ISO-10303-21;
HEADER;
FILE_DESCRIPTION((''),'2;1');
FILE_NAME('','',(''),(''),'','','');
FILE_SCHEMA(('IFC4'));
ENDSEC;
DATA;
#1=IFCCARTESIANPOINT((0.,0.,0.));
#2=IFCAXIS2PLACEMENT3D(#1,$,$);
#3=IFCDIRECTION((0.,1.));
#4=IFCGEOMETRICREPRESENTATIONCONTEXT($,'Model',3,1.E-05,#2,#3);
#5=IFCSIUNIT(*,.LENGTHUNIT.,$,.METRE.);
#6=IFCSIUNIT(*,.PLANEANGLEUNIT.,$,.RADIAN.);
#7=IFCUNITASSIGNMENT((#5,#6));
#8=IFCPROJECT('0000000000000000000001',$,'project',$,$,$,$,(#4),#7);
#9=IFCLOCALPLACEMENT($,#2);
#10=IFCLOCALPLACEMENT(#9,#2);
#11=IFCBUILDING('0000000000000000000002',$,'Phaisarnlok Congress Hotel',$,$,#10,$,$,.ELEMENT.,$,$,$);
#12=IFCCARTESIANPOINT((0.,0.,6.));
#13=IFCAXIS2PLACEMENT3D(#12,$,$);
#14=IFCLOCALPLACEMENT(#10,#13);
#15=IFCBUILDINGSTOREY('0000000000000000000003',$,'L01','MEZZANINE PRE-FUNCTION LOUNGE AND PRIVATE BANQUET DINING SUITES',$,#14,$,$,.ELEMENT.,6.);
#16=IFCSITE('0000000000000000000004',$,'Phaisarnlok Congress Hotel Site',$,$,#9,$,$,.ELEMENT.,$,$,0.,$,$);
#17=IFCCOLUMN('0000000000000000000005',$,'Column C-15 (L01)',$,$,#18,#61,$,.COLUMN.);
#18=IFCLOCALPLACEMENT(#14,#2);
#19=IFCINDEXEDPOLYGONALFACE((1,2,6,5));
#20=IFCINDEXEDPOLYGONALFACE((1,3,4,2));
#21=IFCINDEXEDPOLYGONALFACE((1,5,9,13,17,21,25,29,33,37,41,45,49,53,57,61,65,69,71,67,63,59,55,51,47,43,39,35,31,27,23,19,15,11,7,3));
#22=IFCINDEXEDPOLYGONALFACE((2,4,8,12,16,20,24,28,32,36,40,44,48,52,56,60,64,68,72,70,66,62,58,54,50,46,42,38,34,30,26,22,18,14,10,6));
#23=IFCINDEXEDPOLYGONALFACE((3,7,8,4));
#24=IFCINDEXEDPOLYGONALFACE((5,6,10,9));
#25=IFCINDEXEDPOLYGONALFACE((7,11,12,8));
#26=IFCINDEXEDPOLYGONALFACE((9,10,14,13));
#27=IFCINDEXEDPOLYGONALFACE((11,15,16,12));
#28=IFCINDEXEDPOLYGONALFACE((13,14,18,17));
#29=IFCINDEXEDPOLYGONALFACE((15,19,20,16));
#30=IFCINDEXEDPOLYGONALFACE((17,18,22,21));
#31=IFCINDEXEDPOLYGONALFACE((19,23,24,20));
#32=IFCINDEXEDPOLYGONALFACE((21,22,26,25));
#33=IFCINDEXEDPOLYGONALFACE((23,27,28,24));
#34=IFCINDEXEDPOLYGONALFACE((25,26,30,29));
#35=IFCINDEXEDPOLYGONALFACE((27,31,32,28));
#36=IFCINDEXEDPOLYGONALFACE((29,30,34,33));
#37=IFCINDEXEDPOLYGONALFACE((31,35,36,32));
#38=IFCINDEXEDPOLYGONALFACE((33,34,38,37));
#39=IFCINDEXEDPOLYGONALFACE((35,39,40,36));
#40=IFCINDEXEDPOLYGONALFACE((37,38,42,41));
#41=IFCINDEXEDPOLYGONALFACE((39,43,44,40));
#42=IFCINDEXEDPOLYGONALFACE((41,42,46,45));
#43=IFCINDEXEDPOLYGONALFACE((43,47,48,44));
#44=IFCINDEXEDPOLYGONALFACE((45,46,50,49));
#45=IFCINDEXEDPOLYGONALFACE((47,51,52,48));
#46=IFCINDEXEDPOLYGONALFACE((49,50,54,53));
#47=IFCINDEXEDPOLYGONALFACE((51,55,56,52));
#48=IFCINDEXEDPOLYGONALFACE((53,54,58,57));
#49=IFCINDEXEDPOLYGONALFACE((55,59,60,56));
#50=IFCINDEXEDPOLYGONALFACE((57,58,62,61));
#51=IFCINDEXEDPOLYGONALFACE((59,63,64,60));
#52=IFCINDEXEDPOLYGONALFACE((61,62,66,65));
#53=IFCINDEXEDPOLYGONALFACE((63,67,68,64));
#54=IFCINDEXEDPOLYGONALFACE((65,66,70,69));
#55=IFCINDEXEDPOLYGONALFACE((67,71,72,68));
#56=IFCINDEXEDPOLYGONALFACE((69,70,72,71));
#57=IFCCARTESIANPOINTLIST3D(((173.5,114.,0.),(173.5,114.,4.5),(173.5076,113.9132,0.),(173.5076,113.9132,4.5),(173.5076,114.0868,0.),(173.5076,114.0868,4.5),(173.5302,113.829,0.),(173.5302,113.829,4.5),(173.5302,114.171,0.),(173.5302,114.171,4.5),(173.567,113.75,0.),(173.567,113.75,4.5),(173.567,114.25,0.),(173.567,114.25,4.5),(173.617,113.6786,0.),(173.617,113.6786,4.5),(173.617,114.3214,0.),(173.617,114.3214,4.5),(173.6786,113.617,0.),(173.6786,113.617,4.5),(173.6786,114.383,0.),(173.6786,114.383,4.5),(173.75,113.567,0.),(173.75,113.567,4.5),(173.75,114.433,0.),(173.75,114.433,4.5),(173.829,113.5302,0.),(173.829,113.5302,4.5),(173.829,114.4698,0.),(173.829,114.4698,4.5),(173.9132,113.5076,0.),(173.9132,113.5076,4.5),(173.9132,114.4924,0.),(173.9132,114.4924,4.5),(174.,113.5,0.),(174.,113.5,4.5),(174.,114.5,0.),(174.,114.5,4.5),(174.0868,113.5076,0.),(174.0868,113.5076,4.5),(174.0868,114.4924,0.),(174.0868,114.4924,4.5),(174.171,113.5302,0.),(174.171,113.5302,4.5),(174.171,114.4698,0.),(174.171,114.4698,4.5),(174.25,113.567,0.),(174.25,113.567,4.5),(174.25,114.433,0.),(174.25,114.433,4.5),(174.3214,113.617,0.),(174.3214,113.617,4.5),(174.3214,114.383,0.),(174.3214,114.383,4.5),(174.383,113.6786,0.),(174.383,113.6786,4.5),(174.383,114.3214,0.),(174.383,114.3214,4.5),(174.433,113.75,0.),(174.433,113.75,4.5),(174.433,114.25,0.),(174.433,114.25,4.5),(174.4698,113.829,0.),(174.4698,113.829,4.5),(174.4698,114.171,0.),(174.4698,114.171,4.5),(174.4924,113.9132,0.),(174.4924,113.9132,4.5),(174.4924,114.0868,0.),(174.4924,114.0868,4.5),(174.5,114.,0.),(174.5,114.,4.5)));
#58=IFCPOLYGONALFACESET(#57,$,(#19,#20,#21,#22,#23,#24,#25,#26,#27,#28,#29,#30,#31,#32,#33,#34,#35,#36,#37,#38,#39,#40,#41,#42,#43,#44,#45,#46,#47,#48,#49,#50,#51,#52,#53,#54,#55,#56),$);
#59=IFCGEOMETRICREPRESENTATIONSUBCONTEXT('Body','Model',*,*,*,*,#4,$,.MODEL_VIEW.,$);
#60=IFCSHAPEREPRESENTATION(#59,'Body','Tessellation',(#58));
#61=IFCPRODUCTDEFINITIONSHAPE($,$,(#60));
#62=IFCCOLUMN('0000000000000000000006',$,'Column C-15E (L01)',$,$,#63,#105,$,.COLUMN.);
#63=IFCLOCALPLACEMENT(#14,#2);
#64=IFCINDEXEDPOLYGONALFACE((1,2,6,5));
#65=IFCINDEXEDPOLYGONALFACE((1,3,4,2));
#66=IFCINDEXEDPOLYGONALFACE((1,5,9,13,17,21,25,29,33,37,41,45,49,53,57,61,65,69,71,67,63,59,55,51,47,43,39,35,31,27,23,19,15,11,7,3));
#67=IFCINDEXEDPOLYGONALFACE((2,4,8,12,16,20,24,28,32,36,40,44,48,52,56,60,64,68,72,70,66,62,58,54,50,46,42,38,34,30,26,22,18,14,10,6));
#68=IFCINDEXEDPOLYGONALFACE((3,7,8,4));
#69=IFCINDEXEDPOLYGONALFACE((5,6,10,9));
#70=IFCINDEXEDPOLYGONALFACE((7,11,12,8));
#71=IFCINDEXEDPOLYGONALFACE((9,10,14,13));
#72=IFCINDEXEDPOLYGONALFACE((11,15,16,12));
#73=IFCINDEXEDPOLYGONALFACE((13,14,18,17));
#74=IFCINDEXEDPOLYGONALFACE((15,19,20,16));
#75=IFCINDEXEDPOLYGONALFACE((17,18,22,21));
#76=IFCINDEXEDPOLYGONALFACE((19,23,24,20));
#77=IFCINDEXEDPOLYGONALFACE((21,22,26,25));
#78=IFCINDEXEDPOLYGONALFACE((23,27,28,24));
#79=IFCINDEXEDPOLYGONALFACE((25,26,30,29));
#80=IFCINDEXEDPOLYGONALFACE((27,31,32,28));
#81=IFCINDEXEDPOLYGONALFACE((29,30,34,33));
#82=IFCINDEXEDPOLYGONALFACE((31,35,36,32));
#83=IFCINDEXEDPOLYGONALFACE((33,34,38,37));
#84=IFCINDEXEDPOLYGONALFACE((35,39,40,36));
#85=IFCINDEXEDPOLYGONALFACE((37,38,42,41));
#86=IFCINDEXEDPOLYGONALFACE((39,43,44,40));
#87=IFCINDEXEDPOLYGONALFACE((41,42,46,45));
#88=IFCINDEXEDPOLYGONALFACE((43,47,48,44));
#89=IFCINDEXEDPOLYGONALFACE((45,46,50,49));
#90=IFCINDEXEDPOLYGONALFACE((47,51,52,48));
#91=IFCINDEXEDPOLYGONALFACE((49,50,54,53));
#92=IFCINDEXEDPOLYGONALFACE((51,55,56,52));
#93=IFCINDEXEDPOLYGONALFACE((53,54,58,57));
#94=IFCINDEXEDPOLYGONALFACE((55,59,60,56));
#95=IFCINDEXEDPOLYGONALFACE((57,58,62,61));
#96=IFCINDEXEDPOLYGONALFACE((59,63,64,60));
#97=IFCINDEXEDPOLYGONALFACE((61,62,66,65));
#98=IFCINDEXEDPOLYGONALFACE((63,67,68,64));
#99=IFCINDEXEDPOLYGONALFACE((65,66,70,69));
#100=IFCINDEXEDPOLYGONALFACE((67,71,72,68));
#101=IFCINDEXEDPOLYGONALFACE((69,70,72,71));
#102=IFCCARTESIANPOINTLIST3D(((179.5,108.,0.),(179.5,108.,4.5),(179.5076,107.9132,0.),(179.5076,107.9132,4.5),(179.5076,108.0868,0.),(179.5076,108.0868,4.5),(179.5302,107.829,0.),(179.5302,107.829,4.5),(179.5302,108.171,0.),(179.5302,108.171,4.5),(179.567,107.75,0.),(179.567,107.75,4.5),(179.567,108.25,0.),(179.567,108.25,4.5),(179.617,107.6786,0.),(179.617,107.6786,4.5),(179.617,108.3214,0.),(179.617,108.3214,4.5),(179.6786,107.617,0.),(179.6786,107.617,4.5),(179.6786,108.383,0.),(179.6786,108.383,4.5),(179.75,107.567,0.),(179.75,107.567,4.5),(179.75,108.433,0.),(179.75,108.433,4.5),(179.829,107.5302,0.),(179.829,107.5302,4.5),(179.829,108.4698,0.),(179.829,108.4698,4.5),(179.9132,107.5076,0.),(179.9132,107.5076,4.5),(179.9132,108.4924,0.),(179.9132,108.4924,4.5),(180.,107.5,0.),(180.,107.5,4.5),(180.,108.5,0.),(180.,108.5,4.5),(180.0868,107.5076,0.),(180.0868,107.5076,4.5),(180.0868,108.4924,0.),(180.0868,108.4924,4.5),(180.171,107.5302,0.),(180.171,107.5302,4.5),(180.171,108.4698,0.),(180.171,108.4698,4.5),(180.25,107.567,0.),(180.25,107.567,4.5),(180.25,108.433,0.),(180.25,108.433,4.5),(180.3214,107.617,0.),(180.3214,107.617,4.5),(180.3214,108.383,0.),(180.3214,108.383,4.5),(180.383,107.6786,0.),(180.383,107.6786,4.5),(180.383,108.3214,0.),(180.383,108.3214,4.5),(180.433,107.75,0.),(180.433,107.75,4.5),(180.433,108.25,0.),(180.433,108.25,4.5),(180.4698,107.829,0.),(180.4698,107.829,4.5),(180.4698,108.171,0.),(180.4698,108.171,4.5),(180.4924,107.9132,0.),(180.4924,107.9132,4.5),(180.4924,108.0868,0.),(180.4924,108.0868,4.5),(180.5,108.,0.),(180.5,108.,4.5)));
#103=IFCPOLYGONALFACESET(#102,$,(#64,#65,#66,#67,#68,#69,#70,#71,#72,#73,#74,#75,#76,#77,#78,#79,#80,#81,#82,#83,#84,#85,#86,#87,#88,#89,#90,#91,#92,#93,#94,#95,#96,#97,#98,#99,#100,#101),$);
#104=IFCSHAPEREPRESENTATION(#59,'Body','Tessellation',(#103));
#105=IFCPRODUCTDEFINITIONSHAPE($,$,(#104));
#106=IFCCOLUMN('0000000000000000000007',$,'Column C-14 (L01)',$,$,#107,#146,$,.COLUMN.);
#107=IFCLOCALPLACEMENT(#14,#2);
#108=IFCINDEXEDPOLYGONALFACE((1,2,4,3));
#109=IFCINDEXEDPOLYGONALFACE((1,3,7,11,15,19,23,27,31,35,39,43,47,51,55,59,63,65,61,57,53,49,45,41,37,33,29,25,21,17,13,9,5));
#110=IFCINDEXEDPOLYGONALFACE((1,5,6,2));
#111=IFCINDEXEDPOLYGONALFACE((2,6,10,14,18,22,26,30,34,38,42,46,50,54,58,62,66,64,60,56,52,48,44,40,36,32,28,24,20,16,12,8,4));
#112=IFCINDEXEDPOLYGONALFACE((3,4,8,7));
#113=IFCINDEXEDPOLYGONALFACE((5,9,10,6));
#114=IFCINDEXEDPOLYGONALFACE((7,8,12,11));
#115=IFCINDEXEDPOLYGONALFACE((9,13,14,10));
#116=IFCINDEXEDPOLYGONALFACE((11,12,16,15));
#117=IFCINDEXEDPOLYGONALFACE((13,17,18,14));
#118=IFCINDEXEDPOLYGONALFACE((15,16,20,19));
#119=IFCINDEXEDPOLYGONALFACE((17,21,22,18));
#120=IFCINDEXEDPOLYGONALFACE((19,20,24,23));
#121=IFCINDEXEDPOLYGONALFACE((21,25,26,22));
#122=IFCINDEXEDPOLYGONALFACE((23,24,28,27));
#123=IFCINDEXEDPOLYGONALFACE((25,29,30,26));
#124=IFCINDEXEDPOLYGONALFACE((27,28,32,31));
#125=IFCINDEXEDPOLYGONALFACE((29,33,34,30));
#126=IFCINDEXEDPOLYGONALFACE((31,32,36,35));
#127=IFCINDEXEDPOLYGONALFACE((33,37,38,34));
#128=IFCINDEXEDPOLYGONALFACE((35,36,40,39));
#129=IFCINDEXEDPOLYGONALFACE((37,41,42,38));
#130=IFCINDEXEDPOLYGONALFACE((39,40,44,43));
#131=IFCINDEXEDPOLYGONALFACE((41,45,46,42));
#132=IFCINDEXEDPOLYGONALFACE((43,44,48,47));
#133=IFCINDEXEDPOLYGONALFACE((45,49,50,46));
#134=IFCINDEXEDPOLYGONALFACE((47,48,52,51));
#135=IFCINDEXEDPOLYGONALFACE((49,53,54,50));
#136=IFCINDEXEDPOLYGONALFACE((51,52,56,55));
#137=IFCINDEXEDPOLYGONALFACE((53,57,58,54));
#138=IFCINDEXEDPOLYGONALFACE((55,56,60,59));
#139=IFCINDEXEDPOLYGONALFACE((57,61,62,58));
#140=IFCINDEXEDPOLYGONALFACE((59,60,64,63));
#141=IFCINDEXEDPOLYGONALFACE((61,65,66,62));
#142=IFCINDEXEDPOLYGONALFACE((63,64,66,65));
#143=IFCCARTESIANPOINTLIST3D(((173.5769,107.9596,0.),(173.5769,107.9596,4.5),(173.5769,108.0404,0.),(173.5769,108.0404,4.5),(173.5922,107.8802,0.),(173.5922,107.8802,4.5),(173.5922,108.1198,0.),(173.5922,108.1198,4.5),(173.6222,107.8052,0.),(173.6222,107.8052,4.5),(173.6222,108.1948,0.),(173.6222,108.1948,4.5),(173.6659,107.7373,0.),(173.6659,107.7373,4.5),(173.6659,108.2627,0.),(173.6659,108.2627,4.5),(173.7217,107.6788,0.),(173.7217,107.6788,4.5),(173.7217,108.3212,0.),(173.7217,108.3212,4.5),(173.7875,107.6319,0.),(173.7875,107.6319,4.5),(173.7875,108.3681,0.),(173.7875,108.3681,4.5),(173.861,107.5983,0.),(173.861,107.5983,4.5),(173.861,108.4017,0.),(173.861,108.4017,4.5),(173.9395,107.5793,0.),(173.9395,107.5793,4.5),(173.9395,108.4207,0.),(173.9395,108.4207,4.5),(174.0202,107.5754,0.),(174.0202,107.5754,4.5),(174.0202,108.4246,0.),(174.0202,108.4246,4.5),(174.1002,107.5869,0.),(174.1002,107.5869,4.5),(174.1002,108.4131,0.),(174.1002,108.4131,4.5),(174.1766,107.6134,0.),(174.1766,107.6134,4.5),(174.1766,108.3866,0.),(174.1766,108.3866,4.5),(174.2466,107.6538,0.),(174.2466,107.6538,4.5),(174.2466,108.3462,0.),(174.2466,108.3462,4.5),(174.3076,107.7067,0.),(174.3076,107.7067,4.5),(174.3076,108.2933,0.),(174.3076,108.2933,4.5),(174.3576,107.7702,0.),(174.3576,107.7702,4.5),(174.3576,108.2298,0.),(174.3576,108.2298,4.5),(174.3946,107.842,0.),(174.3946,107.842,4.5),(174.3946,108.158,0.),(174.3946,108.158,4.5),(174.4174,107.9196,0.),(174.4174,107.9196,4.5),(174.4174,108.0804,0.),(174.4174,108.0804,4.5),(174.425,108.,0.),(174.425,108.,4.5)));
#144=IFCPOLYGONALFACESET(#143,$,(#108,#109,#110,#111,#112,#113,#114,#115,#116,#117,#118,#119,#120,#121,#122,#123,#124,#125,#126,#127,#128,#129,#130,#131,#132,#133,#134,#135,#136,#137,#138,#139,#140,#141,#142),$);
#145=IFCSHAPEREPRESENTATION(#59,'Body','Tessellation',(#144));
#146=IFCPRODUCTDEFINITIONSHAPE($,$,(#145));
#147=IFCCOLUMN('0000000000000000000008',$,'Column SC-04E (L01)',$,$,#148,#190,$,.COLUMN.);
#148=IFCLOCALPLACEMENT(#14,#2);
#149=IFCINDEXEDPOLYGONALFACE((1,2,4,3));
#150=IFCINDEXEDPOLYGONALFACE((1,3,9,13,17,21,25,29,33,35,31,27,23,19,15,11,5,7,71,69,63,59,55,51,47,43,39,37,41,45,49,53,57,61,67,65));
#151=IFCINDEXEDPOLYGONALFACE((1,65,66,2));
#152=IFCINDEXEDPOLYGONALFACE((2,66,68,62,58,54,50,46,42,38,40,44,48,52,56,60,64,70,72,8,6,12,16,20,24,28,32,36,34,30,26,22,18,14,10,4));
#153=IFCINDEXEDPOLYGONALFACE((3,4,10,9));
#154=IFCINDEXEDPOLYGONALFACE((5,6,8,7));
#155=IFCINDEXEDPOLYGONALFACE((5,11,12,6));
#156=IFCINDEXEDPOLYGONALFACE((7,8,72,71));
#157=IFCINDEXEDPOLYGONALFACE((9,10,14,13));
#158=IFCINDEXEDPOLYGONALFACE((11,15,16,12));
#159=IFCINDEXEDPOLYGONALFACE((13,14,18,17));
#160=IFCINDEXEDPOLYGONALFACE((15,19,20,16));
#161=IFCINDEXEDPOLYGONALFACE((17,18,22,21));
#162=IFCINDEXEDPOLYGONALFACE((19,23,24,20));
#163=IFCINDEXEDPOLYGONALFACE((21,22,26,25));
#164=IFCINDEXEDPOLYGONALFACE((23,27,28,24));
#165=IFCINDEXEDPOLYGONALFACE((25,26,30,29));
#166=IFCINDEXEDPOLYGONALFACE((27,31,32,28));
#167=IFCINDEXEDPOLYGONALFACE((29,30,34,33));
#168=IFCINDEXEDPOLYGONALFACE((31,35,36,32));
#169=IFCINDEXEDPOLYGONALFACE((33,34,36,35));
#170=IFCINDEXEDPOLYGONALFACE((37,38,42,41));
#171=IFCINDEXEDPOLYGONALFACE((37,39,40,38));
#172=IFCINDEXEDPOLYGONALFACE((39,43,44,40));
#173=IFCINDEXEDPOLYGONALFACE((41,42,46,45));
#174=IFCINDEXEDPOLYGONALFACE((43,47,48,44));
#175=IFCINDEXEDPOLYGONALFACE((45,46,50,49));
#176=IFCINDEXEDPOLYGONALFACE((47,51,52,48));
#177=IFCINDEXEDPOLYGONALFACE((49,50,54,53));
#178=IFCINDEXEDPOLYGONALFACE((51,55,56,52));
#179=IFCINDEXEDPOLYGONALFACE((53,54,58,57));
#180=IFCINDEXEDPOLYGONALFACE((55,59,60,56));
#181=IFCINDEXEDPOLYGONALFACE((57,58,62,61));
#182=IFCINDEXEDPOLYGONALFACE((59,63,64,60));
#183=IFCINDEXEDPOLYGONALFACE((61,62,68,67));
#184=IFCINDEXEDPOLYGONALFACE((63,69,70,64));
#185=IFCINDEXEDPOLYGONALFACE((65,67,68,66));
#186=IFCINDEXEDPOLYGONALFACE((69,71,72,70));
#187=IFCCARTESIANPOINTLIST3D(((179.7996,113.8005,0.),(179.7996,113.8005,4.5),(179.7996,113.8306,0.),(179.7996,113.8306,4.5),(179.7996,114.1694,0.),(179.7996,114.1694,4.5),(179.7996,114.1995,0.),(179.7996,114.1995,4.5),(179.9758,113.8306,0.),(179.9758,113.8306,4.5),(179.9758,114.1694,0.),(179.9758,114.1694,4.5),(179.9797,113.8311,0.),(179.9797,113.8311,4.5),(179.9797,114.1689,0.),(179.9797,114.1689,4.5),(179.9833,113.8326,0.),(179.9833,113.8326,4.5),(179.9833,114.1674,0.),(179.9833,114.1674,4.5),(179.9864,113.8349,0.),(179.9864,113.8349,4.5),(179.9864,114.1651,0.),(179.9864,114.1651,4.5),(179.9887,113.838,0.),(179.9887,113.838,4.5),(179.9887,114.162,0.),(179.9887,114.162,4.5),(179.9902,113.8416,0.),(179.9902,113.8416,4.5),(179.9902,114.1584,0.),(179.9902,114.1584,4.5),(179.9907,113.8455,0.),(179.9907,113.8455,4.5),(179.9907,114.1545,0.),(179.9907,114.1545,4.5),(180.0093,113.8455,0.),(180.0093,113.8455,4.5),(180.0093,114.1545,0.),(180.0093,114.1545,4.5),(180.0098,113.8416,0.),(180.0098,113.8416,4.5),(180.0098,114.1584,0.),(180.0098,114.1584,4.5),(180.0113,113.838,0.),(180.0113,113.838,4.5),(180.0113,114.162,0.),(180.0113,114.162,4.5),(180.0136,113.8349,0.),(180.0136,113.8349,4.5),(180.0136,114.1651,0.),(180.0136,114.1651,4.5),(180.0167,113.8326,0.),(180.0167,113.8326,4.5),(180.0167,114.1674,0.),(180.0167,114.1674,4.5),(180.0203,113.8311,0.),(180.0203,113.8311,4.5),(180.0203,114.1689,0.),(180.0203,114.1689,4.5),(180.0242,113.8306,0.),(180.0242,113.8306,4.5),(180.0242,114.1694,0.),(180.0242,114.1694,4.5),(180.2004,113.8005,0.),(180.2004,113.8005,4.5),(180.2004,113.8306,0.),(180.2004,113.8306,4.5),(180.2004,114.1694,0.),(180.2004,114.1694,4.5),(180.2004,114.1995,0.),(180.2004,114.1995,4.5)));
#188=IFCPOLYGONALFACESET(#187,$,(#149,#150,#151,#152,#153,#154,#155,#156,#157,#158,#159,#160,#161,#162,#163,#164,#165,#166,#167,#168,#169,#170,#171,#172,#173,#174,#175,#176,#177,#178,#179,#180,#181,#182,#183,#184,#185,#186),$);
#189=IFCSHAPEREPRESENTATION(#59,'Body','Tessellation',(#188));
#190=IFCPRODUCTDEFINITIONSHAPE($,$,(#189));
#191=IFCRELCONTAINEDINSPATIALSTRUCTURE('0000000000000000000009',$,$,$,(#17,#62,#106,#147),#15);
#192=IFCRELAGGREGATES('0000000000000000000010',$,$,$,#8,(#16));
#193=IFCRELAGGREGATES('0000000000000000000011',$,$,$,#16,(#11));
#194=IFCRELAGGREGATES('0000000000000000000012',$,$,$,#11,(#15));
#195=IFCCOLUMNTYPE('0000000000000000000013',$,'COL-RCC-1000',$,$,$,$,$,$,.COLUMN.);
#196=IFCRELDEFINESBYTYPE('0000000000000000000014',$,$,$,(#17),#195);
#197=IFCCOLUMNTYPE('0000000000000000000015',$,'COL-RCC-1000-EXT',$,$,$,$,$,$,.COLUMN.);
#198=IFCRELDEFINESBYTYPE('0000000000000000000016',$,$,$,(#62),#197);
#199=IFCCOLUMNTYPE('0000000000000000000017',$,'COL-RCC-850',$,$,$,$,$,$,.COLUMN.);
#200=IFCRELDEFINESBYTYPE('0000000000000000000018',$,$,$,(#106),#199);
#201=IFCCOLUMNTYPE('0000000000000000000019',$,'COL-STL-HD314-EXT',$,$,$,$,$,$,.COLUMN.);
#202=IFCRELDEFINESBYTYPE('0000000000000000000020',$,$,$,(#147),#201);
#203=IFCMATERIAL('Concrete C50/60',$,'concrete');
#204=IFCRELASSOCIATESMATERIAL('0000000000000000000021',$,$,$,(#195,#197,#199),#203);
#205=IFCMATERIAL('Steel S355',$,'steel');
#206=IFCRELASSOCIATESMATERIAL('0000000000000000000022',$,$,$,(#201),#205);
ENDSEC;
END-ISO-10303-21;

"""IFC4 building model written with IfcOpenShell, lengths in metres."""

from ifc_helpers import new_model, si_unit, direction, frame, origin, origin_2d, place, context, subcontext, project, spatial, circle, i_section, extrude, material, material_profile, profile_set, type_object, element, save


model = new_model("IFC4")

# Units and contexts
model_context = context("Model", 3, precision=1e-05, world=origin(), true_north=direction((0.0, 1.0)))
body_context = subcontext(model_context, "Body", "Model", "MODEL_VIEW")
ifc_project = project(units=[si_unit("LENGTHUNIT", "METRE"), si_unit("PLANEANGLEUNIT", "RADIAN")], contexts=[model_context])

# Site, building, storey
site_placement = place(None, origin())
site = spatial("IfcSite", under=ifc_project, at=site_placement, Name="Phaisarnlok Congress Hotel Site", CompositionType="ELEMENT", RefElevation=0.0)
building_placement = place(site_placement, origin())
building = spatial("IfcBuilding", under=site, at=building_placement, Name="Phaisarnlok Congress Hotel", CompositionType="ELEMENT")
storey_placement = place(building_placement, frame((0.0, 0.0, 6.0)))
storey = spatial("IfcBuildingStorey", under=building, at=storey_placement, Name="L01", Description="MEZZANINE PRE-FUNCTION LOUNGE AND PRIVATE BANQUET DINING SUITES", CompositionType="ELEMENT", Elevation=6.0)

# Columns
ifc_material_1 = material(Name="Concrete C50/60", Category="concrete")
ifc_material_profile_1 = material_profile(ifc_material_1, circle(Radius=0.5, at=origin_2d()), Name="RCC D1000")
ifc_profile_set_1 = profile_set([ifc_material_profile_1], Name="Concrete C50/60")
column_type_1 = type_object("IfcColumnType", Name="COL-RCC-1000", PredefinedType="COLUMN", material=ifc_profile_set_1)
column_1_placement = place(storey_placement, frame((174.0, 114.0, 0.0), z_axis=(0.0, 0.0, 1.0), x_axis=(1.0, 0.0, 0.0)))
element("IfcColumn", 1, at=column_1_placement, inside=storey, type_object=column_type_1, Name="Column C-15 (L01)", PredefinedType="COLUMN", context=body_context, shape_type="SweptSolid", body=[
    extrude(circle(Radius=0.5, at=origin_2d()), origin(), (0.0, 0.0, 1.0), 4.5),
])
ifc_material_profile_2 = material_profile(ifc_material_1, circle(Radius=0.5, at=origin_2d()), Name="RCC D1000")
ifc_profile_set_2 = profile_set([ifc_material_profile_2], Name="Concrete C50/60")
column_type_2 = type_object("IfcColumnType", Name="COL-RCC-1000-EXT", PredefinedType="COLUMN", material=ifc_profile_set_2)
column_2_placement = place(storey_placement, frame((180.0, 108.0, 0.0), z_axis=(0.0, 0.0, 1.0), x_axis=(1.0, 0.0, 0.0)))
element("IfcColumn", 2, at=column_2_placement, inside=storey, type_object=column_type_2, Name="Column C-15E (L01)", PredefinedType="COLUMN", context=body_context, shape_type="SweptSolid", body=[
    extrude(circle(Radius=0.5, at=origin_2d()), origin(), (0.0, 0.0, 1.0), 4.5),
])
ifc_material_profile_3 = material_profile(ifc_material_1, circle(Radius=0.425, at=origin_2d()), Name="RCC D850")
ifc_profile_set_3 = profile_set([ifc_material_profile_3], Name="Concrete C50/60")
column_type_3 = type_object("IfcColumnType", Name="COL-RCC-850", PredefinedType="COLUMN", material=ifc_profile_set_3)
column_3_placement = place(storey_placement, frame((174.0, 108.0, 0.0), z_axis=(0.0, 0.0, 1.0), x_axis=(1.0, 0.0, 0.0)))
element("IfcColumn", 3, at=column_3_placement, inside=storey, type_object=column_type_3, Name="Column C-14 (L01)", PredefinedType="COLUMN", context=body_context, shape_type="SweptSolid", body=[
    extrude(circle(Radius=0.425, at=origin_2d()), origin(), (0.0, 0.0, 1.0), 4.5),
])
ifc_material_2 = material(Name="Steel S355", Category="steel")
ifc_material_profile_4 = material_profile(ifc_material_2, i_section(OverallWidth=0.4009, OverallDepth=0.3989, WebThickness=0.0186, FlangeThickness=0.03, FilletRadius=0.0149, at=origin_2d()), Name="HD 400x314")
ifc_profile_set_4 = profile_set([ifc_material_profile_4], Name="Steel S355")
column_type_4 = type_object("IfcColumnType", Name="COL-STL-HD314-EXT", PredefinedType="COLUMN", material=ifc_profile_set_4)
column_4_placement = place(storey_placement, frame((180.0, 114.0, 0.0), z_axis=(0.0, 0.0, 1.0), x_axis=(1.0, 0.0, 0.0)))
element("IfcColumn", 4, at=column_4_placement, inside=storey, type_object=column_type_4, Name="Column SC-04E (L01)", PredefinedType="COLUMN", context=body_context, shape_type="SweptSolid", body=[
    extrude(i_section(OverallWidth=0.4009, OverallDepth=0.3989, WebThickness=0.0186, FlangeThickness=0.03, FilletRadius=0.0149, at=origin_2d()), origin(), (0.0, 0.0, 1.0), 4.5),
])

save(model, "model.ifc")
